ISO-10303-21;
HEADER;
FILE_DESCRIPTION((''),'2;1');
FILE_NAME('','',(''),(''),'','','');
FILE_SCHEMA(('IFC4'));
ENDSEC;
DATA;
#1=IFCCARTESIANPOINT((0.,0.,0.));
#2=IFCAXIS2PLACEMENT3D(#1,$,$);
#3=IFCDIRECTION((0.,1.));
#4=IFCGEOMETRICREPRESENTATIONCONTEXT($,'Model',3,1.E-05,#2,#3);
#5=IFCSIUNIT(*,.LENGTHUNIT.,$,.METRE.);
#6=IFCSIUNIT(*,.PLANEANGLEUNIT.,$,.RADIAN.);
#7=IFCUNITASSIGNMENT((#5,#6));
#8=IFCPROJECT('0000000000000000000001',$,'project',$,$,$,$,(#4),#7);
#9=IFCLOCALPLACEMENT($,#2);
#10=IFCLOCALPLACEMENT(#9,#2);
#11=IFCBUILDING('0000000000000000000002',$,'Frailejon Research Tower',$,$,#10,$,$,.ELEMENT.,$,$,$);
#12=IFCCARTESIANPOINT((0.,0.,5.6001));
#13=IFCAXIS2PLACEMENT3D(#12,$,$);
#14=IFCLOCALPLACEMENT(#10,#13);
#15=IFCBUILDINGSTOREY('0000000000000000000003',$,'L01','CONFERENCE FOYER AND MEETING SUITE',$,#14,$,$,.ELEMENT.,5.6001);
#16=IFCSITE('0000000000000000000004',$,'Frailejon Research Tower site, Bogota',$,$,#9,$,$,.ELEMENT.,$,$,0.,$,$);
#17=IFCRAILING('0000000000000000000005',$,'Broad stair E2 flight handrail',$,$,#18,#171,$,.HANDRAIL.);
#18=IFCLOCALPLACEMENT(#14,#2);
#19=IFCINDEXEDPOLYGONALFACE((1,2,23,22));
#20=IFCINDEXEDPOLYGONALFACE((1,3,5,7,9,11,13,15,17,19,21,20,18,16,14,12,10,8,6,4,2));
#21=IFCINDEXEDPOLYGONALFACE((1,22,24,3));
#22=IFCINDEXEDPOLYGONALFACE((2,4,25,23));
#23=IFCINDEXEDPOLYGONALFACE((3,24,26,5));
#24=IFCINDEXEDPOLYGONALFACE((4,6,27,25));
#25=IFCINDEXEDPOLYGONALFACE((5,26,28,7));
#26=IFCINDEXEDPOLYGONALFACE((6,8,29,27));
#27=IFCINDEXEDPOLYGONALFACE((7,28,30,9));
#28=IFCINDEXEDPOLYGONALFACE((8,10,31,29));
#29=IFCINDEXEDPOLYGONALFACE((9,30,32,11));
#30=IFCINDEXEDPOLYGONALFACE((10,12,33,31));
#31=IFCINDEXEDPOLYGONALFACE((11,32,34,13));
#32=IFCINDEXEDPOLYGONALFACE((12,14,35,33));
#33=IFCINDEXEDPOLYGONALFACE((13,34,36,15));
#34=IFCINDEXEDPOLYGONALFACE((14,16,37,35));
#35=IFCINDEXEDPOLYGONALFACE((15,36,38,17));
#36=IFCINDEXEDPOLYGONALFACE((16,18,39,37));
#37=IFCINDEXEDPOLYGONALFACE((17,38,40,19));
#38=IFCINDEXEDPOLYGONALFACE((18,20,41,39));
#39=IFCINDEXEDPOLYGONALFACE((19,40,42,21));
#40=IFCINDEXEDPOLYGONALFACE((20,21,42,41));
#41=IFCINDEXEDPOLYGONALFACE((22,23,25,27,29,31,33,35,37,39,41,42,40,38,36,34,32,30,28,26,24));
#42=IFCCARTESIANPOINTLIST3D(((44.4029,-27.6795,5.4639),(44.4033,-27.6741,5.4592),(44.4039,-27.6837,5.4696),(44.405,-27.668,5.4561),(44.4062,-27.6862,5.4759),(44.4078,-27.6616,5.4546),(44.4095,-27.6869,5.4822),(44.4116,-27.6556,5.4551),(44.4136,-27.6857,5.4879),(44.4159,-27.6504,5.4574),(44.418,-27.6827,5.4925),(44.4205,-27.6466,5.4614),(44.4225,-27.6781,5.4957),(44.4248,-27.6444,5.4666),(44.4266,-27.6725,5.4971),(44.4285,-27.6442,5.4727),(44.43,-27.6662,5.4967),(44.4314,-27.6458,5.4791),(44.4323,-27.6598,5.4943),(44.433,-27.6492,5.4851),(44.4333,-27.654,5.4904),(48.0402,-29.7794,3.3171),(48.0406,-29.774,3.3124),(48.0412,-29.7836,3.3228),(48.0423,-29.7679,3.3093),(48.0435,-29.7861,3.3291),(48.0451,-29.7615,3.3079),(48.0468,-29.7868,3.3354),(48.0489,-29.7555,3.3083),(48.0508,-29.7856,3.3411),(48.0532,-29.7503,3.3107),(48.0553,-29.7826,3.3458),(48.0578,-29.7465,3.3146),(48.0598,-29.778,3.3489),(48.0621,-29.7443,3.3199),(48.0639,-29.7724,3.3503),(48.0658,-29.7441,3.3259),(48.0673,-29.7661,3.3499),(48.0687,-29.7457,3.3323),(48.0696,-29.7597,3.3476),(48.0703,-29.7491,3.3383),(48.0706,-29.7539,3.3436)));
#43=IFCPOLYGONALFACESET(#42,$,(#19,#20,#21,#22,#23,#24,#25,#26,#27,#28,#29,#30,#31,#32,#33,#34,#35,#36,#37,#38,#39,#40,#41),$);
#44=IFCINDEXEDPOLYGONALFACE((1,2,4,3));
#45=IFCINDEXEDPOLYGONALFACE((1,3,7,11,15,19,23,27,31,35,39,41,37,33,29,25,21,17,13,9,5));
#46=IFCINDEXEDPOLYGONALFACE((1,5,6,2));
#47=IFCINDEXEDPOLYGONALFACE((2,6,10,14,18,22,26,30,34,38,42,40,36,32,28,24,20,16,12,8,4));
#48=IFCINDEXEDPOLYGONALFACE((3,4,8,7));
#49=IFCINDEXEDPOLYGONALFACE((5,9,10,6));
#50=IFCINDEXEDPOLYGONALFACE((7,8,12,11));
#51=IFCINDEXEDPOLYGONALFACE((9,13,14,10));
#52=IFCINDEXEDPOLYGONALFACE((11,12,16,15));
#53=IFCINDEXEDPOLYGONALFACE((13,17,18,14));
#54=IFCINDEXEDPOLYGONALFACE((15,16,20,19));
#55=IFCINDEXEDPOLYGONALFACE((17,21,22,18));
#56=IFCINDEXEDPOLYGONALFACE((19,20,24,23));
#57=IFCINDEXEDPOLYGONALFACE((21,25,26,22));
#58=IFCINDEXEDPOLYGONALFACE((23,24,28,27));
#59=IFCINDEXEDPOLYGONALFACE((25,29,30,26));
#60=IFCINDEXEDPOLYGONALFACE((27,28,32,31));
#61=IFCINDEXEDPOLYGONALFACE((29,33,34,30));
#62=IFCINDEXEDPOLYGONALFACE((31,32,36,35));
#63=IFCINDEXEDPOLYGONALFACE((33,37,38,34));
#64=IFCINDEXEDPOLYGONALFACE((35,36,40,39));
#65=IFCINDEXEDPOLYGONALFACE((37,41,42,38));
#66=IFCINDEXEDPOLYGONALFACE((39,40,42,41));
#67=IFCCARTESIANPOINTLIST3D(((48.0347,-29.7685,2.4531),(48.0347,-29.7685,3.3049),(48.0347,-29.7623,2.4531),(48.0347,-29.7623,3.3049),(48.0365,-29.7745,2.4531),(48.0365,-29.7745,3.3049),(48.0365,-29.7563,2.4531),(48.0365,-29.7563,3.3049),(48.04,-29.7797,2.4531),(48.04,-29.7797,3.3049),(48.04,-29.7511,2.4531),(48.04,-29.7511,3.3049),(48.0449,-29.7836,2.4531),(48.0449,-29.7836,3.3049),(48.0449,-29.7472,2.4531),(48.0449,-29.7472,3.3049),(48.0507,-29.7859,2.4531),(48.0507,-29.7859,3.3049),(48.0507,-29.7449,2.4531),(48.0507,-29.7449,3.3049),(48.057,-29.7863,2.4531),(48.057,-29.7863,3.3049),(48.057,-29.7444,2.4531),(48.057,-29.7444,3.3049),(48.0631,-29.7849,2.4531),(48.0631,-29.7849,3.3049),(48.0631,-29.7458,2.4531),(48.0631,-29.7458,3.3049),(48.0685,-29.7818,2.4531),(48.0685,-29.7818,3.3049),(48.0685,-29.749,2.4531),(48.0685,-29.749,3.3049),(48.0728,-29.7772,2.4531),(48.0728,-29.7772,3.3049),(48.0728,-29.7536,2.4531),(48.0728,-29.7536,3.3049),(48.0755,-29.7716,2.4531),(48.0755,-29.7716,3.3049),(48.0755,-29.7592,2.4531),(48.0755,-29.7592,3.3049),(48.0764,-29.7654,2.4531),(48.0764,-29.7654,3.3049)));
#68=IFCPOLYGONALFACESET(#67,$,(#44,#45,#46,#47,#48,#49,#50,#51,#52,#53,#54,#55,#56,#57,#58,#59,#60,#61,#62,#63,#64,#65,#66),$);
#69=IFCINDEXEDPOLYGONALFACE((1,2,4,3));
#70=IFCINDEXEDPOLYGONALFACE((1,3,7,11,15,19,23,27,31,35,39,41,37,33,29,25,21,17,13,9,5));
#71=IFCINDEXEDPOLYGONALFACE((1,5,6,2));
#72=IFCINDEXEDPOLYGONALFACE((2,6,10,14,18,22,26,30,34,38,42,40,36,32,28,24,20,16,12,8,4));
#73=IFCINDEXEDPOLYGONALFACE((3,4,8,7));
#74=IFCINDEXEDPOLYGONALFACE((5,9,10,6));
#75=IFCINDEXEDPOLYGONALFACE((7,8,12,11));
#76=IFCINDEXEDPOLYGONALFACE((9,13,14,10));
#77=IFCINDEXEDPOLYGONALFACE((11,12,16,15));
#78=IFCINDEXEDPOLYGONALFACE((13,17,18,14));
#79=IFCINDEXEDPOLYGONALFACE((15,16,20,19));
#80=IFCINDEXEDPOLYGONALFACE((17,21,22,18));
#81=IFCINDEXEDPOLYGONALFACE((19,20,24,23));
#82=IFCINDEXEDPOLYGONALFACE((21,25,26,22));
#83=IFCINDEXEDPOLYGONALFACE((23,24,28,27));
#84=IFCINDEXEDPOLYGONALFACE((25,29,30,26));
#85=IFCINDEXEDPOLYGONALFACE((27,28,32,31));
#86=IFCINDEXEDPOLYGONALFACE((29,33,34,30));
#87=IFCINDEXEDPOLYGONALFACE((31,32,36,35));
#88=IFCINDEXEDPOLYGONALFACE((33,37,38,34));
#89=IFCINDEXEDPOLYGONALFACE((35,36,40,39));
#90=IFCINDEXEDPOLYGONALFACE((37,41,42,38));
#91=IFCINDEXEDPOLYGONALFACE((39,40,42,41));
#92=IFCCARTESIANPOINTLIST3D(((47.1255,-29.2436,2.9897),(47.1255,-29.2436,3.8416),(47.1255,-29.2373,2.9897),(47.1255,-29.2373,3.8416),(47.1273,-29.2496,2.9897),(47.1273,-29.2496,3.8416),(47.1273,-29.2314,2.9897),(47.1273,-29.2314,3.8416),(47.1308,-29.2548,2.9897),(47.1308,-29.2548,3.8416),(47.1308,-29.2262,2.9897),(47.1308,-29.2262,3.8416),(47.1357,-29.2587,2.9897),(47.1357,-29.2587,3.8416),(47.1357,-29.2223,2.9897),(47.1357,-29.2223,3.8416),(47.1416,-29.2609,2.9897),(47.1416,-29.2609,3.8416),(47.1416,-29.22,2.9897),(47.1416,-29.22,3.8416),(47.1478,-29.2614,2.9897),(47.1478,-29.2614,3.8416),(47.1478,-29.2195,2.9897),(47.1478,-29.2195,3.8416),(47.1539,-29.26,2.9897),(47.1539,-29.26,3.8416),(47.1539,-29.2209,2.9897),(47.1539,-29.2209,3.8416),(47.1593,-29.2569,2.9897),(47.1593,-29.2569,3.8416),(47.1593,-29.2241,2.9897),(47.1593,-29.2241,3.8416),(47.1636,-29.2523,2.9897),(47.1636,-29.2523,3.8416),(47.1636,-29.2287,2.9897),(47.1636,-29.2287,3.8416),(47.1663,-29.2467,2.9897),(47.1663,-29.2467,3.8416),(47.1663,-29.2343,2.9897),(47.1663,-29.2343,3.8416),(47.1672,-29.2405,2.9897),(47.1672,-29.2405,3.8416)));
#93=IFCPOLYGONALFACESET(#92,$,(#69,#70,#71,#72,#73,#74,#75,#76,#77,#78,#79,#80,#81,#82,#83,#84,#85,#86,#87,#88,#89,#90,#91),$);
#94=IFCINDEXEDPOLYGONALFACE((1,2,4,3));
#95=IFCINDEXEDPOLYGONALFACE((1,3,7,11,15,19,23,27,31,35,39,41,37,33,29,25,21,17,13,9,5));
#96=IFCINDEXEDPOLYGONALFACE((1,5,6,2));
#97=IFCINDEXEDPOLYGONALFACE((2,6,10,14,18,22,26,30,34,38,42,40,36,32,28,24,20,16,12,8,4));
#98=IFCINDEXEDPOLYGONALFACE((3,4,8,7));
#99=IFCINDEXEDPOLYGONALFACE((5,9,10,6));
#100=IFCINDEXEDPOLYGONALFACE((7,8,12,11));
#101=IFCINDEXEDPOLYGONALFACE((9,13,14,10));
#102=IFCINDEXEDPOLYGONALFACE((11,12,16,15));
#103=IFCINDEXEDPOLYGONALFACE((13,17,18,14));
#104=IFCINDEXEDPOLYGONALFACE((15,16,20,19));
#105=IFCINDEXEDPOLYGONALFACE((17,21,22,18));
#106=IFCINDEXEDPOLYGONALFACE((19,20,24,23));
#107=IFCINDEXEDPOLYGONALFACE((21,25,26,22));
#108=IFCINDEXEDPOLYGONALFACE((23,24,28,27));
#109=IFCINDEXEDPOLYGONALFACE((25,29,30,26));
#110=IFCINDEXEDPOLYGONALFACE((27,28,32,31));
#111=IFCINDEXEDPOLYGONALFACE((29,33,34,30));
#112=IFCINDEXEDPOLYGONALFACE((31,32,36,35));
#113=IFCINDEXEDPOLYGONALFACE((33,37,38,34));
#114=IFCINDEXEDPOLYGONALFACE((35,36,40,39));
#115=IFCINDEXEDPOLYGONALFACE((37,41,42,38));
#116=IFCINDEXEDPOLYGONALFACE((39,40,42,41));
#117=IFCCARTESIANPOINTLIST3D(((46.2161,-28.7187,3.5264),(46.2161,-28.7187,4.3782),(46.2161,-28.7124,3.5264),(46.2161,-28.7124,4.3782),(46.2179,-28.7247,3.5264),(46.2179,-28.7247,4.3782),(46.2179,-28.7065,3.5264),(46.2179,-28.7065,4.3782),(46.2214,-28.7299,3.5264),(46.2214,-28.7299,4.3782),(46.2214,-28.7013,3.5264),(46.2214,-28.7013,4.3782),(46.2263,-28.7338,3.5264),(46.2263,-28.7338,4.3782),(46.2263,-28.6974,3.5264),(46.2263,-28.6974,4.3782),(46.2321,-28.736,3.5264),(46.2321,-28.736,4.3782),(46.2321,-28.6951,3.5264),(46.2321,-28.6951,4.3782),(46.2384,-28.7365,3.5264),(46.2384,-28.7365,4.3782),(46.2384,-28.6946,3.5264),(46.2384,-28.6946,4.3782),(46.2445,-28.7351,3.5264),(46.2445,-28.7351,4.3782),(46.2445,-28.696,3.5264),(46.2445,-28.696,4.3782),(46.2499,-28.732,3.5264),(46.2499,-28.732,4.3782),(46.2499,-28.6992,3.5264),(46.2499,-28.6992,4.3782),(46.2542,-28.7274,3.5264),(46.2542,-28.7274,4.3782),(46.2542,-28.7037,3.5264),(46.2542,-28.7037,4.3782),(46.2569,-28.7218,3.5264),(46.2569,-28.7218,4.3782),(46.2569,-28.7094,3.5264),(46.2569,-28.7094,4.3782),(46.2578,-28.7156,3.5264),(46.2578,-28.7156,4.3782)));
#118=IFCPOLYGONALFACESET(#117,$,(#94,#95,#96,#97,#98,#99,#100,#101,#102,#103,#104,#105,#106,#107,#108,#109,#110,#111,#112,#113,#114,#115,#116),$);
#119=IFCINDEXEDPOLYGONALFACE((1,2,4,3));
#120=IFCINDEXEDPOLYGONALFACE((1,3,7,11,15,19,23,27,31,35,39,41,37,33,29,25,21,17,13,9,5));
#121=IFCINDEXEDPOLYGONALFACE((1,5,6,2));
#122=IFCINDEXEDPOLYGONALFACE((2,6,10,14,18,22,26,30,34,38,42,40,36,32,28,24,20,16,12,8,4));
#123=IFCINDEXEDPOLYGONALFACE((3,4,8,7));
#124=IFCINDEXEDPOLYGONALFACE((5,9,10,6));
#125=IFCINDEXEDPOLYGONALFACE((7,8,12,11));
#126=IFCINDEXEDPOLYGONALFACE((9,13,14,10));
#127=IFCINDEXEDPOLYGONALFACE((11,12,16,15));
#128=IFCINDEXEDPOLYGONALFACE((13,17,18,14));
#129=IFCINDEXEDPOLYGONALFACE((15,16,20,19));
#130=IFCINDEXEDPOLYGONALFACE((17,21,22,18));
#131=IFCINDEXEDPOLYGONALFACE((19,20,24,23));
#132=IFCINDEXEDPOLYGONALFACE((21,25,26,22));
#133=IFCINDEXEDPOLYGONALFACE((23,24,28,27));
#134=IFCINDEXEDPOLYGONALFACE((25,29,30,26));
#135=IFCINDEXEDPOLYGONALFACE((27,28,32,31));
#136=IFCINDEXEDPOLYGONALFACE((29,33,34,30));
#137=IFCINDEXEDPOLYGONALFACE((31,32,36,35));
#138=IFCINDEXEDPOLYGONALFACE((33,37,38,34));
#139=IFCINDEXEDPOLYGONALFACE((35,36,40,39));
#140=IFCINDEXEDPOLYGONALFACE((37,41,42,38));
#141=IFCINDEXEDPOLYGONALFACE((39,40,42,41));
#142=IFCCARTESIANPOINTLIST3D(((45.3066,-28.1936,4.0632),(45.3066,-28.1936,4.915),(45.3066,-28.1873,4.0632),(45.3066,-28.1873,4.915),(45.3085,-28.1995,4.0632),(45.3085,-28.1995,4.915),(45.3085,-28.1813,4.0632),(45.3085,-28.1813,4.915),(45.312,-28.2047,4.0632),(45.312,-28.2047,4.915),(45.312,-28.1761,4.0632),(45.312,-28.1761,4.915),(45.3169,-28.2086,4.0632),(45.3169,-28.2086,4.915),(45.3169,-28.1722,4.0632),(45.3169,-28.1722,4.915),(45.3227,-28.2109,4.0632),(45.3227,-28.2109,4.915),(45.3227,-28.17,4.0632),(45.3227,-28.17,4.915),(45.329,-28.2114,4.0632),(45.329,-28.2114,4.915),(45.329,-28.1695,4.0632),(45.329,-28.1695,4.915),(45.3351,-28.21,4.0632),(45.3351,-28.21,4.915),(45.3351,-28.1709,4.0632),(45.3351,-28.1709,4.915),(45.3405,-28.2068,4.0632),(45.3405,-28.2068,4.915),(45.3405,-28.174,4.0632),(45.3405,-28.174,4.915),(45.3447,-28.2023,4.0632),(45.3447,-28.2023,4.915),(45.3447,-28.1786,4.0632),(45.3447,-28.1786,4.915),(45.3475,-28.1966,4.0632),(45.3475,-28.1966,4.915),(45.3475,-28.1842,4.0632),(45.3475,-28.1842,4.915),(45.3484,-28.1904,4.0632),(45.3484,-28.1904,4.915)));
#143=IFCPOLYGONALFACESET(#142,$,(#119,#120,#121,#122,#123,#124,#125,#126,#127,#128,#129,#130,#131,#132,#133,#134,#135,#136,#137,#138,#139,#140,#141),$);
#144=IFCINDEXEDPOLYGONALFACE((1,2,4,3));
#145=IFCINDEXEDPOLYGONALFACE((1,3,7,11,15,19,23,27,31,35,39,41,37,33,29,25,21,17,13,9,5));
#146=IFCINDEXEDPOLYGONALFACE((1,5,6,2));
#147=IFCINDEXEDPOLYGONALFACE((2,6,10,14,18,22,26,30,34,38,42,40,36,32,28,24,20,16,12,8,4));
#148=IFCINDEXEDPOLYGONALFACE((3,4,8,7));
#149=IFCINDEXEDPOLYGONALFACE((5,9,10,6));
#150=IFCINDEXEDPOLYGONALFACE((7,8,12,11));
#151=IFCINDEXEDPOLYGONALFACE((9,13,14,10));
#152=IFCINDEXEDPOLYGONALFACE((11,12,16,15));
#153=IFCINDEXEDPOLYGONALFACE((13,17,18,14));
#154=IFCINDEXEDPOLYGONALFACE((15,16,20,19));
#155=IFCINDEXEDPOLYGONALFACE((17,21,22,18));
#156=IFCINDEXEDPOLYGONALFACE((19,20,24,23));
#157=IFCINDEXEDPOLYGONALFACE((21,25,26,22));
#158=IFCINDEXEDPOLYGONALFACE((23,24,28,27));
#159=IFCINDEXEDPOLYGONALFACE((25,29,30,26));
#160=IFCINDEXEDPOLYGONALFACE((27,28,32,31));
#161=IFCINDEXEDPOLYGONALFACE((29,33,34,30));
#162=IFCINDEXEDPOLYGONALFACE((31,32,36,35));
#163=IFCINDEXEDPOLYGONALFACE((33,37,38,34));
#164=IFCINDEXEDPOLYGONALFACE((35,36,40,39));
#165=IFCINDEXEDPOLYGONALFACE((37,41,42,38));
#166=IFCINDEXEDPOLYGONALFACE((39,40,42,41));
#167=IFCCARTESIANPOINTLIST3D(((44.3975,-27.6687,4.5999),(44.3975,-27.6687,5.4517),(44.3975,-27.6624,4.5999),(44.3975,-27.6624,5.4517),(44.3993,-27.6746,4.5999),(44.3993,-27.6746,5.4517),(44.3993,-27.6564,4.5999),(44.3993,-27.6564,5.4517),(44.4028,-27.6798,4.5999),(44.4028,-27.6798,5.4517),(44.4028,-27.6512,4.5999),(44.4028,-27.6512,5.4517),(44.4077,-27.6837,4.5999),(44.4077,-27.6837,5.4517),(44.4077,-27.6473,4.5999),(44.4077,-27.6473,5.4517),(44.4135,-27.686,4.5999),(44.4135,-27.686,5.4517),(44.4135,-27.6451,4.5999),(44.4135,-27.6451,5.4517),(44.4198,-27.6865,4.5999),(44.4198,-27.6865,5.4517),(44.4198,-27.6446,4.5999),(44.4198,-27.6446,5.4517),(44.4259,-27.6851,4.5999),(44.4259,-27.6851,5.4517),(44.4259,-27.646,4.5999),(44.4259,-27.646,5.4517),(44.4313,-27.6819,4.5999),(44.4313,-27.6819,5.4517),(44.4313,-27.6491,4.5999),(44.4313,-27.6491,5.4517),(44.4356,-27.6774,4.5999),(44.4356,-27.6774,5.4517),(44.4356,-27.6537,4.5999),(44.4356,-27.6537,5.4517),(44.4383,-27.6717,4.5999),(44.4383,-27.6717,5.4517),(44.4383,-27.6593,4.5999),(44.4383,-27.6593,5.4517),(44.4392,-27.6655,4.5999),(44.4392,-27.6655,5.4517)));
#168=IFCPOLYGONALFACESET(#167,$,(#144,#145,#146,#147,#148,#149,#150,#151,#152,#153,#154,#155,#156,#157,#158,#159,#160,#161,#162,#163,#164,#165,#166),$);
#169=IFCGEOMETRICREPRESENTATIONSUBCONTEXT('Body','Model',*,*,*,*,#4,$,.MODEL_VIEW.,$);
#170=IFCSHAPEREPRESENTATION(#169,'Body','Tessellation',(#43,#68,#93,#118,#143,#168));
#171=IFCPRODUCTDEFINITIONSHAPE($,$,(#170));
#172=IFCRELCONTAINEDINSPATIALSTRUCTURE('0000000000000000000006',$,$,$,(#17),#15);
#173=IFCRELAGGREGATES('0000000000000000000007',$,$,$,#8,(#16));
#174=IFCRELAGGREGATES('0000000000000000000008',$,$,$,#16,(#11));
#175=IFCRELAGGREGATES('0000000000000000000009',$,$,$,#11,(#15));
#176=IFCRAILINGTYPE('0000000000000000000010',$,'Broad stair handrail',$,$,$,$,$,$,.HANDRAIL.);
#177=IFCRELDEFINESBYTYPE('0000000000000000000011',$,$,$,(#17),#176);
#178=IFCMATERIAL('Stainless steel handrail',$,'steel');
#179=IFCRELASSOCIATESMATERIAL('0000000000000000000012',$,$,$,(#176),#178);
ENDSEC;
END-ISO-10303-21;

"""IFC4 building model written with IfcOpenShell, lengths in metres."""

from ifc_helpers import new_model, si_unit, direction, frame, origin, origin_2d, place, context, subcontext, project, spatial, circle, extrude, material, type_object, element, save


model = new_model("IFC4")

# Units and contexts
model_context = context("Model", 3, precision=1e-05, world=origin(), true_north=direction((0.0, 1.0)))
body_context = subcontext(model_context, "Body", "Model", "MODEL_VIEW")
ifc_project = project(units=[si_unit("LENGTHUNIT", "METRE"), si_unit("PLANEANGLEUNIT", "RADIAN")], contexts=[model_context])

# Site, building, storey
site_placement = place(None, origin())
site = spatial("IfcSite", under=ifc_project, at=site_placement, Name="Frailejon Research Tower site, Bogota", CompositionType="ELEMENT", RefElevation=0.0)
building_placement = place(site_placement, origin())
building = spatial("IfcBuilding", under=site, at=building_placement, Name="Frailejon Research Tower", CompositionType="ELEMENT")
storey_placement = place(building_placement, frame((0.0, 0.0, 5.6001)))
storey = spatial("IfcBuildingStorey", under=building, at=storey_placement, Name="L01", Description="CONFERENCE FOYER AND MEETING SUITE", CompositionType="ELEMENT", Elevation=5.6001)

# Railing
ifc_material_1 = material(Name="Stainless steel handrail", Category="steel")
railing_type_1 = type_object("IfcRailingType", Name="Broad stair handrail", PredefinedType="HANDRAIL", material=ifc_material_1)
railing_1_placement = place(storey_placement, frame((48.0554, -29.7654, 2.4531)))
element("IfcRailing", 1, at=railing_1_placement, inside=storey, type_object=railing_type_1, Name="Broad stair E2 flight handrail", PredefinedType="HANDRAIL", context=body_context, shape_type="SweptSolid", body=[
    extrude(circle(Radius=0.0239, at=origin_2d()), frame((0.0, 0.0, 0.876), z_axis=(-0.771137, 0.445197, 0.455135), x_axis=(-0.499984, -0.866035, 0.0)), (0.0, 0.0, 1.0), 4.7168),
    extrude(circle(Radius=0.021, at=origin_2d()), origin(), (0.0, 0.0, 1.0), 0.8518),
    extrude(circle(Radius=0.021, at=origin_2d()), frame((-0.9092, 0.5249, 0.5366)), (0.0, 0.0, 1.0), 0.8518),
    extrude(circle(Radius=0.021, at=origin_2d()), frame((-1.8186, 1.0498, 1.0732)), (0.0, 0.0, 1.0), 0.8518),
    extrude(circle(Radius=0.021, at=origin_2d()), frame((-2.728, 1.575, 1.6101)), (0.0, 0.0, 1.0), 0.8518),
    extrude(circle(Radius=0.021, at=origin_2d()), frame((-3.6372, 2.0999, 2.1467)), (0.0, 0.0, 1.0), 0.8518),
])

save(model, "model.ifc")
